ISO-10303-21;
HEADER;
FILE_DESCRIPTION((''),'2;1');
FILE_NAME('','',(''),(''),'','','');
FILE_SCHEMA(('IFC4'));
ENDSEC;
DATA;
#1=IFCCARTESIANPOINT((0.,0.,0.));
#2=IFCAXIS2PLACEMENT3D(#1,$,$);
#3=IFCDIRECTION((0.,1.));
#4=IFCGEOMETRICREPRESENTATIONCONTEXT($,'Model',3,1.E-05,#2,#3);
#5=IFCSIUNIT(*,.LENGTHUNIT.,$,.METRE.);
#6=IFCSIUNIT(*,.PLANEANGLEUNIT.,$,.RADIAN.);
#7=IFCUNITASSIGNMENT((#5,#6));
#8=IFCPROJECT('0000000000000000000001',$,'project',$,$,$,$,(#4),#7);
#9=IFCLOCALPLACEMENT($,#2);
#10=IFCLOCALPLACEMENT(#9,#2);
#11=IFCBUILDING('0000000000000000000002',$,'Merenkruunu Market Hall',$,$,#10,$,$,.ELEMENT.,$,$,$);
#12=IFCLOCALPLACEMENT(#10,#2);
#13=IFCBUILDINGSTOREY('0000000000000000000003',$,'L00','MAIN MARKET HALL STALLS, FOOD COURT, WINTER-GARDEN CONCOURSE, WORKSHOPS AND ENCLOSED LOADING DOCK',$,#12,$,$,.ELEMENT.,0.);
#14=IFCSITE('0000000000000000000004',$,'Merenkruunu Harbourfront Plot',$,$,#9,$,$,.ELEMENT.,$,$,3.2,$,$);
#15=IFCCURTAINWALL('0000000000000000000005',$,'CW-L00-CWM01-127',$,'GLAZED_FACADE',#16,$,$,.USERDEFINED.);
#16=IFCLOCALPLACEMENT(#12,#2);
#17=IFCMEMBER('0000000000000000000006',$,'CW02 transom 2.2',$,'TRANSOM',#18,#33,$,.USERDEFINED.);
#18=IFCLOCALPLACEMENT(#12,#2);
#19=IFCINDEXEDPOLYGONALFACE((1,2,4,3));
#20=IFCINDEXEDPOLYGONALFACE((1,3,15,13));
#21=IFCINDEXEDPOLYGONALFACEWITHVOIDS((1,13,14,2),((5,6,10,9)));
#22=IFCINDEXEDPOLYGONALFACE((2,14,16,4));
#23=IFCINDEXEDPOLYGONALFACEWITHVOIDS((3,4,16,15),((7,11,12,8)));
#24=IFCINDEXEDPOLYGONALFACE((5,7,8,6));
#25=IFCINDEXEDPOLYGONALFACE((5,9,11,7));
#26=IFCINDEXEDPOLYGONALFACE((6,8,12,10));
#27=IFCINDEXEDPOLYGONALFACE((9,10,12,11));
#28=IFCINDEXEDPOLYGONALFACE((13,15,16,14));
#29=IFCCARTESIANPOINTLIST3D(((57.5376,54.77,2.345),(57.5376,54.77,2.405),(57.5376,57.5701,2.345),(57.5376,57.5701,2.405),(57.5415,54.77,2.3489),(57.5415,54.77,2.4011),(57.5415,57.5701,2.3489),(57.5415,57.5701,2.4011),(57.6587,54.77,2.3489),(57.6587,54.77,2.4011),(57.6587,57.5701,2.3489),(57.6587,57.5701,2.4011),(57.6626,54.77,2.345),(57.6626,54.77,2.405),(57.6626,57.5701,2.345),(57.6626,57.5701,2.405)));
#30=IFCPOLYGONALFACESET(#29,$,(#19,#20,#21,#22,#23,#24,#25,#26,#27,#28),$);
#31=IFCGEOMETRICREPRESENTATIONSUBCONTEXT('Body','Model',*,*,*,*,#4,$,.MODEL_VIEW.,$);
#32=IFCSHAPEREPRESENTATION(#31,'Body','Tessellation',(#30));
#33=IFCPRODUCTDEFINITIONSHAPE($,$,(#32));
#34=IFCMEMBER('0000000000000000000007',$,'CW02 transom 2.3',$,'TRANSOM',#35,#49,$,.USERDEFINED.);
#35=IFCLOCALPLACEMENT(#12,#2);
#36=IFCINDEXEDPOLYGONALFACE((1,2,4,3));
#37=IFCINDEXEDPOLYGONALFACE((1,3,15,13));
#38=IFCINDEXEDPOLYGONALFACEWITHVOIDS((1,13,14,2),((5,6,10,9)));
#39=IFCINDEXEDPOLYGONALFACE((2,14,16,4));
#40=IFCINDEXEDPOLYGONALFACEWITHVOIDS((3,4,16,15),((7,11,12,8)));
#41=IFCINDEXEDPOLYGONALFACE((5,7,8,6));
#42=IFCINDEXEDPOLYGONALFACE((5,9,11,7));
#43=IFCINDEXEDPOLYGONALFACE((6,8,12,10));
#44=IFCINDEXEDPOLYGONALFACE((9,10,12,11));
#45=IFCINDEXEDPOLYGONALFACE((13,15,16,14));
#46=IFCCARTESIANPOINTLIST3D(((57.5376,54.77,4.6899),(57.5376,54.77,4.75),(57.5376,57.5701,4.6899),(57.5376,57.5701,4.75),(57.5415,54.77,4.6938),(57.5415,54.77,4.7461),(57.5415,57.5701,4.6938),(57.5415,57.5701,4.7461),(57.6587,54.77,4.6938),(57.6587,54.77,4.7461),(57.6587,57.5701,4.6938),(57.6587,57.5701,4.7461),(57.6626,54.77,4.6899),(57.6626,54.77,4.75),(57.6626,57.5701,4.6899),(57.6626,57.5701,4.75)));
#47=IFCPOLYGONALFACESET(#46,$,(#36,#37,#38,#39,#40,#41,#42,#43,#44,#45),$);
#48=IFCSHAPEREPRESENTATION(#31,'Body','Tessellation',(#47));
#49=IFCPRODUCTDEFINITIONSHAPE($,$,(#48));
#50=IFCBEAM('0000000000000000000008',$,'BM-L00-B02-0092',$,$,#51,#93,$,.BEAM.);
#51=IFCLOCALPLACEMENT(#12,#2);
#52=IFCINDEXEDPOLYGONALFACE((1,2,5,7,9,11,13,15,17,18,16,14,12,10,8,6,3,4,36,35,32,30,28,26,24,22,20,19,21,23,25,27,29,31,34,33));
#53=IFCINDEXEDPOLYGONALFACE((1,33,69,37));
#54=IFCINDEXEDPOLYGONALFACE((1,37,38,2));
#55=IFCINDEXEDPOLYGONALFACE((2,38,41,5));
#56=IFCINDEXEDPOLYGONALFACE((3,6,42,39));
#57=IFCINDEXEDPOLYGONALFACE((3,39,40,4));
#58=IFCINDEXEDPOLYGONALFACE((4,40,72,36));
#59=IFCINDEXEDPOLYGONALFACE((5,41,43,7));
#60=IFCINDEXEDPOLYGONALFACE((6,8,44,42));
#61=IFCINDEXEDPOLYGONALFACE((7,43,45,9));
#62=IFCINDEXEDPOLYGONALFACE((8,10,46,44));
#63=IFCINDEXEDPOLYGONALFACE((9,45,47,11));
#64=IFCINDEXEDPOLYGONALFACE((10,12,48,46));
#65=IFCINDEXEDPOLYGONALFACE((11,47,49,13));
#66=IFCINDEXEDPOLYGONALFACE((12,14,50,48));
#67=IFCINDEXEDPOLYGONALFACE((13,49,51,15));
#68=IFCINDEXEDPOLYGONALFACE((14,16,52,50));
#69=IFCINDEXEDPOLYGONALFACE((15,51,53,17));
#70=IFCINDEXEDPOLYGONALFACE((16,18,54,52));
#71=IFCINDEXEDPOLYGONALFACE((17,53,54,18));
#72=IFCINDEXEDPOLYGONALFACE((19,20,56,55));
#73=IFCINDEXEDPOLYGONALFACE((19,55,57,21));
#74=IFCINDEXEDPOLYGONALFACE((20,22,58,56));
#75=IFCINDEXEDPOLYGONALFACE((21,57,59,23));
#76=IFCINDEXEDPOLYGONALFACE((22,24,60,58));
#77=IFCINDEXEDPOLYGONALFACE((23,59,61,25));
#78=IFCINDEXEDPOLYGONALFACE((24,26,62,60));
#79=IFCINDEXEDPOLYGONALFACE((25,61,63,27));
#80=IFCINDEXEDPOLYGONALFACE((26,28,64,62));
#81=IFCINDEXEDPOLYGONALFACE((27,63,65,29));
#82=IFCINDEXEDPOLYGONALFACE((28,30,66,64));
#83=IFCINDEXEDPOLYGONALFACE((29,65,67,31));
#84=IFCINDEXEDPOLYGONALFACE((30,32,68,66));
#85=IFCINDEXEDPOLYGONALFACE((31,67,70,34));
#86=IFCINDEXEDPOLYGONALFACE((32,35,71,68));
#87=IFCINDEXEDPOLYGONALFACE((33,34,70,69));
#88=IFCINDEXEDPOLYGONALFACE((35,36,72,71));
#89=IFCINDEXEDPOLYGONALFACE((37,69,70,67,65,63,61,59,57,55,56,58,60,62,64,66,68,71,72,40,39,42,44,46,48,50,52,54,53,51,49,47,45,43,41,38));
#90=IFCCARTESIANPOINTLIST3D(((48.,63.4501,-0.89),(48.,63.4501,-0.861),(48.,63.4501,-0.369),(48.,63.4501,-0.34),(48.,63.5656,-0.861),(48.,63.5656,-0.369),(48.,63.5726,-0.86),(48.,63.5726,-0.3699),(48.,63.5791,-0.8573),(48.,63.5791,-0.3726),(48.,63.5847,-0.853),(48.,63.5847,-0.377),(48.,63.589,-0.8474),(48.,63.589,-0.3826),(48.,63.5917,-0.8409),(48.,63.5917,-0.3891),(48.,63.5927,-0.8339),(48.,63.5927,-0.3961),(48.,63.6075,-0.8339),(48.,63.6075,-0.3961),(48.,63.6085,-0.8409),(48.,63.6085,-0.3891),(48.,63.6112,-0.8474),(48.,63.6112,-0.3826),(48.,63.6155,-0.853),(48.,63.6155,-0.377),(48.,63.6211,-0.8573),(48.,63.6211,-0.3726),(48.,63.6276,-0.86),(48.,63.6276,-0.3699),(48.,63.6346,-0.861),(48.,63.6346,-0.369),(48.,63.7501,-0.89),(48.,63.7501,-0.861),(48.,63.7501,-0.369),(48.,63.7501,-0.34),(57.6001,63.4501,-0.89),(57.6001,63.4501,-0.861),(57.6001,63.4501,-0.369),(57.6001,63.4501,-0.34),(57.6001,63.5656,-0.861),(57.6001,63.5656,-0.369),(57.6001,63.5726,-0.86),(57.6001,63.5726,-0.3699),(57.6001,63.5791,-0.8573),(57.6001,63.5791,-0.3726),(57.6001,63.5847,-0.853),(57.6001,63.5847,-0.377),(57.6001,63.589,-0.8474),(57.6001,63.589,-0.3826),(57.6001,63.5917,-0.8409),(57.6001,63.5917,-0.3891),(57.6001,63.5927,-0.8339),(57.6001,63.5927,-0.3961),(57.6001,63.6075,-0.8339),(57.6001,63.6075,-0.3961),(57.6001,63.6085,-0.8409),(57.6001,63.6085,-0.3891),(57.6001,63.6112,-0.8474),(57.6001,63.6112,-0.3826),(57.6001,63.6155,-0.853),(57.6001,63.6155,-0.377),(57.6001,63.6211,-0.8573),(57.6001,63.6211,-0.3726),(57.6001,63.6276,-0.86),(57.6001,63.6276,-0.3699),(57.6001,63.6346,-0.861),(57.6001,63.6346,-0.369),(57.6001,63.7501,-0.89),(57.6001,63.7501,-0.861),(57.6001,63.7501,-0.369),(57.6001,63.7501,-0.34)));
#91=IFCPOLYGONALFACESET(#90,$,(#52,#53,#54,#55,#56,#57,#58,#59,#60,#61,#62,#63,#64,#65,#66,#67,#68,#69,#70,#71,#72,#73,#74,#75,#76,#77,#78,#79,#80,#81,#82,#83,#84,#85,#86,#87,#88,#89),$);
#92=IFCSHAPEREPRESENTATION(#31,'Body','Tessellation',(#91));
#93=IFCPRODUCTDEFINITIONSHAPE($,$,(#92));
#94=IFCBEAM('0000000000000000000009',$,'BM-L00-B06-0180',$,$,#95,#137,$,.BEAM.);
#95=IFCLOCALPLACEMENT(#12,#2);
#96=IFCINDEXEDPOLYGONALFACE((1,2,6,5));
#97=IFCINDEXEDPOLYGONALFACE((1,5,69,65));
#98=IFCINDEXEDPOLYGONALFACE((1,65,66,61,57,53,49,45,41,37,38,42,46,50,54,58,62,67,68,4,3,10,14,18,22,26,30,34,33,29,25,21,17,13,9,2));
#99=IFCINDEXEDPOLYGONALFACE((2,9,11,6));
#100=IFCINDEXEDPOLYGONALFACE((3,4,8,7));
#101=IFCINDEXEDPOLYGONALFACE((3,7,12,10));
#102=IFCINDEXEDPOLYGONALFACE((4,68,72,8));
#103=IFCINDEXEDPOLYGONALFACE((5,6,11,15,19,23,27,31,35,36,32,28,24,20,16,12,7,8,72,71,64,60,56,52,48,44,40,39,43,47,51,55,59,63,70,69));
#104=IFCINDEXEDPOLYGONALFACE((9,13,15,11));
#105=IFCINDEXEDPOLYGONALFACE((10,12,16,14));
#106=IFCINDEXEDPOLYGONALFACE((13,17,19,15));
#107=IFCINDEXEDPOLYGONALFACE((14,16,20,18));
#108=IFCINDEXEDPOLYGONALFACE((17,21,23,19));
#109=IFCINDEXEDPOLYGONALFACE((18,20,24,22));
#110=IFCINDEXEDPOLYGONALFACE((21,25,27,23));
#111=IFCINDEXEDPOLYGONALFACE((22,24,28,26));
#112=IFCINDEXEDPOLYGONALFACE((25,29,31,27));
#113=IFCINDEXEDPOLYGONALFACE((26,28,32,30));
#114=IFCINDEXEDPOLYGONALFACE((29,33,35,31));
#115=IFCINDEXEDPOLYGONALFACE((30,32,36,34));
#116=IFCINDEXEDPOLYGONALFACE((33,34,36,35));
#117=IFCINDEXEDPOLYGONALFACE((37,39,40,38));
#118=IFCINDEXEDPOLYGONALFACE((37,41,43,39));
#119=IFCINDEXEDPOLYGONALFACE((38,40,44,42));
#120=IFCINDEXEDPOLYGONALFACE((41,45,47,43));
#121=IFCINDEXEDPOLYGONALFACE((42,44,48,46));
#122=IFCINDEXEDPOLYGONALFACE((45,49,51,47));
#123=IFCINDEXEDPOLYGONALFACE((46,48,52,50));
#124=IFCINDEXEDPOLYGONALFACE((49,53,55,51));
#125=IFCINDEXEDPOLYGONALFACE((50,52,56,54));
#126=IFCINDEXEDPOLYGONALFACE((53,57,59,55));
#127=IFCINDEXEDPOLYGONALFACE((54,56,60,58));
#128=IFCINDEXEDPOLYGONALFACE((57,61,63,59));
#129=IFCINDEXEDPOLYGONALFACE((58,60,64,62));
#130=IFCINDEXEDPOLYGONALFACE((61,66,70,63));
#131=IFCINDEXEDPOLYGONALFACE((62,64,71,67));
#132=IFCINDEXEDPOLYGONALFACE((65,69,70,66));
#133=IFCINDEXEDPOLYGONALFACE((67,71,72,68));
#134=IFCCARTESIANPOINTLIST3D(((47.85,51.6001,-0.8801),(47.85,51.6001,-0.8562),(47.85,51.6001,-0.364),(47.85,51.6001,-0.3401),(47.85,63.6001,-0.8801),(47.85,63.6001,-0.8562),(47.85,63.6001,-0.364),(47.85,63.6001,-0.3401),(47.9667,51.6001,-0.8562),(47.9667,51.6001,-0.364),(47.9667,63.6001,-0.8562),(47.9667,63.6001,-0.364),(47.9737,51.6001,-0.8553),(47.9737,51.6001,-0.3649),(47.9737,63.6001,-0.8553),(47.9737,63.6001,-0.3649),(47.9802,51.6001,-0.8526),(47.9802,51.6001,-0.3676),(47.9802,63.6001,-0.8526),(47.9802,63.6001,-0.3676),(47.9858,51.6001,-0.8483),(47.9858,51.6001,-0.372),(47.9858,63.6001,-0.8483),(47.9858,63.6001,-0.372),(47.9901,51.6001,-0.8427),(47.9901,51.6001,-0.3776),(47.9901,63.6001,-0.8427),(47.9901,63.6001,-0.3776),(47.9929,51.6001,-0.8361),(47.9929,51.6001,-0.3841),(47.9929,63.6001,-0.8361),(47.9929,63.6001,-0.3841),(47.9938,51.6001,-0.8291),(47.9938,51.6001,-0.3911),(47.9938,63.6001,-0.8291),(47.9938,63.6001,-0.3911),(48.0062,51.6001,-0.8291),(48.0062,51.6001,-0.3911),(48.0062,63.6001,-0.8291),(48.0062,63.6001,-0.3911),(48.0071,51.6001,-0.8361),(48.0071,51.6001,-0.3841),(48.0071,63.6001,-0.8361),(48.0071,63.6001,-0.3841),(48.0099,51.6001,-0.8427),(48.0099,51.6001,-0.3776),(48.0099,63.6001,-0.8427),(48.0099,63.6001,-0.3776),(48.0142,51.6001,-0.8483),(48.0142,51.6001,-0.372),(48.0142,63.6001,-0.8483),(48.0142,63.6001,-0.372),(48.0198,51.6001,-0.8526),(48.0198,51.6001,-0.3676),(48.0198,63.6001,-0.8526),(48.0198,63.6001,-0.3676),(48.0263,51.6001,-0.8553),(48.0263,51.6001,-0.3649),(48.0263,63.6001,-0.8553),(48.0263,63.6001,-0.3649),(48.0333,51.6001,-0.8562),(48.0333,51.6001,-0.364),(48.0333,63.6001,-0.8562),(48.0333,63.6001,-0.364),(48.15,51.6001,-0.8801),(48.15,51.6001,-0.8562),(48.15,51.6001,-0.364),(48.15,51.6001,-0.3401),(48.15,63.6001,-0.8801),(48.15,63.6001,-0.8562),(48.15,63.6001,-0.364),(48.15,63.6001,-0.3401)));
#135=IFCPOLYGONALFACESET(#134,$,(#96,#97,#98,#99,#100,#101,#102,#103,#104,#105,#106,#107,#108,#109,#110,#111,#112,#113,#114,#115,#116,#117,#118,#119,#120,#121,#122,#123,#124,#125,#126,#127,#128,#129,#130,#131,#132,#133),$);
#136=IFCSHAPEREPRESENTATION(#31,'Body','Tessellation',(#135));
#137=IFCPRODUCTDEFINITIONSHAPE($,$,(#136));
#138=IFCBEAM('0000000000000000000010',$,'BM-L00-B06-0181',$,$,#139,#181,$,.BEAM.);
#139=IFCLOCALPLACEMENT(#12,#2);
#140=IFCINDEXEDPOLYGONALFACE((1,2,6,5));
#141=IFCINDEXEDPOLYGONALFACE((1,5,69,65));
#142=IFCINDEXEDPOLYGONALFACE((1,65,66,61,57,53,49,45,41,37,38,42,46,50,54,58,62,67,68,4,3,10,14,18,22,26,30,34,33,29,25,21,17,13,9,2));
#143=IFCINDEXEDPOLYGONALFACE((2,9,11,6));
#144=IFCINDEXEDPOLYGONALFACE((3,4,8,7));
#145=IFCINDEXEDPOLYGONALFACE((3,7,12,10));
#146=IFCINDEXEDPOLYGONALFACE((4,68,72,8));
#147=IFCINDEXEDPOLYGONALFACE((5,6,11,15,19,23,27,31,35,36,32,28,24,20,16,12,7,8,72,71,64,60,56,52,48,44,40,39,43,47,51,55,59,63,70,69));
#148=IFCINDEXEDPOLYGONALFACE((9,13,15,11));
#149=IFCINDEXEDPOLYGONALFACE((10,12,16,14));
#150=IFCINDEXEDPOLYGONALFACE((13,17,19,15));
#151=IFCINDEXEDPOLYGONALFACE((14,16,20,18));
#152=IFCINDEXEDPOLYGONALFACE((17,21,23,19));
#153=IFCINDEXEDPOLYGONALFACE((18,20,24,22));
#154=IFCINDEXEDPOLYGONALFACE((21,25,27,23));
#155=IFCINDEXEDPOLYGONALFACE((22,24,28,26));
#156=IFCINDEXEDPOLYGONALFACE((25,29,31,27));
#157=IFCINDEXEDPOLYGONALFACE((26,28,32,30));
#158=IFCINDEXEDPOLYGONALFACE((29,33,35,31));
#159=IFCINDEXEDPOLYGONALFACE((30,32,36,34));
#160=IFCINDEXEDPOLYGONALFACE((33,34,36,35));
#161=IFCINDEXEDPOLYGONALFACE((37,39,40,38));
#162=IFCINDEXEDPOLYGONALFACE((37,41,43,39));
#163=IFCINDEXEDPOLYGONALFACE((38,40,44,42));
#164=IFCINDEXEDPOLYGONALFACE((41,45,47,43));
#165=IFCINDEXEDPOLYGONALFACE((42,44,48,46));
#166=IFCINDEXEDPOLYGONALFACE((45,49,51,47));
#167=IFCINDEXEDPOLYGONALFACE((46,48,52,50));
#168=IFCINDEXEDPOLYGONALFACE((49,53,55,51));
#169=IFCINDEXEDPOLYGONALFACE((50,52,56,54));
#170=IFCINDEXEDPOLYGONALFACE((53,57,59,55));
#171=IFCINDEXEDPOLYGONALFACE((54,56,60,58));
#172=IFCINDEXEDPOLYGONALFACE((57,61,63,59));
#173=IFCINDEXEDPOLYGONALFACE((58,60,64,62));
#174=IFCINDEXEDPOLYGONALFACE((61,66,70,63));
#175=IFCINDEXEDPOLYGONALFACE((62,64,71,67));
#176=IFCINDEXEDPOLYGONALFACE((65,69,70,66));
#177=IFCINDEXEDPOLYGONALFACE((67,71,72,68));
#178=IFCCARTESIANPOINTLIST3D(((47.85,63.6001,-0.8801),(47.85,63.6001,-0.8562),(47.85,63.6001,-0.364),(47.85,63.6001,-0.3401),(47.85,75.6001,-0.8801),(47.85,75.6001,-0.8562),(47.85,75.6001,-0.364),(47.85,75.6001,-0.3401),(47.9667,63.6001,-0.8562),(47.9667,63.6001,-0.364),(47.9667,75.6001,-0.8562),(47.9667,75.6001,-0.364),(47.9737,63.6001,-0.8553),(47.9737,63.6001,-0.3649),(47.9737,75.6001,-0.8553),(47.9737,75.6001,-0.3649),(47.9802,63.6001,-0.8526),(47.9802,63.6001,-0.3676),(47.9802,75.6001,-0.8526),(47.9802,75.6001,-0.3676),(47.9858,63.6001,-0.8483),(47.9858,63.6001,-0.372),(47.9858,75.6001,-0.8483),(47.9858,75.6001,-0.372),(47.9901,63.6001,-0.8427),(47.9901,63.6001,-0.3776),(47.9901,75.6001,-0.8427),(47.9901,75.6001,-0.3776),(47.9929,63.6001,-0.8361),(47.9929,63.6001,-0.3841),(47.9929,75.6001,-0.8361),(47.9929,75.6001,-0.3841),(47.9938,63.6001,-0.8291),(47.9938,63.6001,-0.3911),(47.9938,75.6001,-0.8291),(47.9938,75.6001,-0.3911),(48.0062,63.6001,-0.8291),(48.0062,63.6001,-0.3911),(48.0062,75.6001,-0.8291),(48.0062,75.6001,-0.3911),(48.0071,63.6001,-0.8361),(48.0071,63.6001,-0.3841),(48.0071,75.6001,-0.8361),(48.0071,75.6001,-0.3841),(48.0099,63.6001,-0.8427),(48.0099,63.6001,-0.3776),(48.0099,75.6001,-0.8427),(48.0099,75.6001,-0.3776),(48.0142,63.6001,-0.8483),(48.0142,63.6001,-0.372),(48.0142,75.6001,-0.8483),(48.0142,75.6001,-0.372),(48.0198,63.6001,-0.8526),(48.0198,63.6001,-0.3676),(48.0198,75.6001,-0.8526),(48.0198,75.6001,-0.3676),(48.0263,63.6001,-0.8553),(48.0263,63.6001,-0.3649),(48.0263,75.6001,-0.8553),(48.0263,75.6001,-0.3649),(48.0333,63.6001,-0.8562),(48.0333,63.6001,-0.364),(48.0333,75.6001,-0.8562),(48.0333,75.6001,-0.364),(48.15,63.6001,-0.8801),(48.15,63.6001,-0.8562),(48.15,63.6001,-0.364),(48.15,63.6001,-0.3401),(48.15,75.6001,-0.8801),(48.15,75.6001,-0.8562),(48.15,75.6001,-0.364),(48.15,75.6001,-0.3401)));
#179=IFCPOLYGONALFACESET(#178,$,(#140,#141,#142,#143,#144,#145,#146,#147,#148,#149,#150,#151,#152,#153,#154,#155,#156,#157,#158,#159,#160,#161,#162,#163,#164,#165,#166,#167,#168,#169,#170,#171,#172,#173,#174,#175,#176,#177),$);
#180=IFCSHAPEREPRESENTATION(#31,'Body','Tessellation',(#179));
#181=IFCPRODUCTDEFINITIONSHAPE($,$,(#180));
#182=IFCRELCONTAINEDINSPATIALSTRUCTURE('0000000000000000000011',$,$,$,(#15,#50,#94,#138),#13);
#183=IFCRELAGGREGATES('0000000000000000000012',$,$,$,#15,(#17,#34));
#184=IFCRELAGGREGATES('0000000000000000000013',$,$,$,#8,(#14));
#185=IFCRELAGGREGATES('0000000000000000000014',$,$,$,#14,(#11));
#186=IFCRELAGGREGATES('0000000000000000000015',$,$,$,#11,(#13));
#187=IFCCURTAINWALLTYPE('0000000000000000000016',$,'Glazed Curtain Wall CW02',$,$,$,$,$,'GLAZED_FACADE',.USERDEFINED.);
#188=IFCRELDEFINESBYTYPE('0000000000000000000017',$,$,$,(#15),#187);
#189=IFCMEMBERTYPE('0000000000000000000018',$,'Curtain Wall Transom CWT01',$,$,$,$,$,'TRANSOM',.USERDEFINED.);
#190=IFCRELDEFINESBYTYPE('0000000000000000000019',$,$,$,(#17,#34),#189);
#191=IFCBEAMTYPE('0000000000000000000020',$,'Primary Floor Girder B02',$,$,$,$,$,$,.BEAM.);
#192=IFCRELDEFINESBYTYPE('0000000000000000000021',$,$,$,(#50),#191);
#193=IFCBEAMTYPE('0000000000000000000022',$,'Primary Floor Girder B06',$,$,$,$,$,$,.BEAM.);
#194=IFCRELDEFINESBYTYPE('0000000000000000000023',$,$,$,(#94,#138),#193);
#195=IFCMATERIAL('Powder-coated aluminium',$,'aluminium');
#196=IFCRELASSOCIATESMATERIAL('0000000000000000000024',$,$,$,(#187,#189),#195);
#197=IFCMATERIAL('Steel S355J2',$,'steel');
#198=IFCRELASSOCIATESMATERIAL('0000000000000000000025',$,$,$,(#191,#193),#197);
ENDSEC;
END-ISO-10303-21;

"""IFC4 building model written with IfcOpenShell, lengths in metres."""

from ifc_helpers import new_model, si_unit, direction, frame, origin, origin_2d, place, context, subcontext, project, spatial, hollow_rectangle, i_section, extrude, material, material_profile, profile_set, type_object, element, aggregate, save


model = new_model("IFC4")

# Units and contexts
model_context = context("Model", 3, precision=1e-05, world=origin(), true_north=direction((0.0, 1.0)))
body_context = subcontext(model_context, "Body", "Model", "MODEL_VIEW")
ifc_project = project(units=[si_unit("LENGTHUNIT", "METRE"), si_unit("PLANEANGLEUNIT", "RADIAN")], contexts=[model_context])

# Site, building, storey
site_placement = place(None, origin())
site = spatial("IfcSite", under=ifc_project, at=site_placement, Name="Merenkruunu Harbourfront Plot", CompositionType="ELEMENT", RefElevation=3.2)
building_placement = place(site_placement, origin())
building = spatial("IfcBuilding", under=site, at=building_placement, Name="Merenkruunu Market Hall", CompositionType="ELEMENT")
storey_placement = place(building_placement, origin())
storey = spatial("IfcBuildingStorey", under=building, at=storey_placement, Name="L00", Description="MAIN MARKET HALL STALLS, FOOD COURT, WINTER-GARDEN CONCOURSE, WORKSHOPS AND ENCLOSED LOADING DOCK", CompositionType="ELEMENT", Elevation=0.0)

# Shared definitions
ifc_material_1 = material(Name="Steel S355J2", Category="steel")

# Curtain wall, members
ifc_material_2 = material(Name="Powder-coated aluminium", Category="aluminium")
curtain_wall_type = type_object("IfcCurtainWallType", Name="Glazed Curtain Wall CW02", ElementType="GLAZED_FACADE", PredefinedType="USERDEFINED", material=ifc_material_2)
curtain_wall_placement = place(storey_placement, origin())
curtain_wall = element("IfcCurtainWall", 1, at=curtain_wall_placement, inside=storey, type_object=curtain_wall_type, Name="CW-L00-CWM01-127", ObjectType="GLAZED_FACADE", PredefinedType="USERDEFINED")
ifc_material_profile_1 = material_profile(ifc_material_2, hollow_rectangle(XDim=0.0601, YDim=0.125, WallThickness=0.0039, at=origin_2d()), Name="ALU 60x125x4")
ifc_profile_set_1 = profile_set([ifc_material_profile_1], Name="Powder-coated aluminium")
member_type_1 = type_object("IfcMemberType", Name="Curtain Wall Transom CWT01", ElementType="TRANSOM", PredefinedType="USERDEFINED", material=ifc_profile_set_1)
member_1_placement = place(storey_placement, frame((57.6001, 54.77, 2.375), z_axis=(0.0, 1.0, 0.0), x_axis=(0.0, 0.0, 1.0)))
member_1 = element("IfcMember", 2, at=member_1_placement, type_object=member_type_1, Name="CW02 transom 2.2", ObjectType="TRANSOM", PredefinedType="USERDEFINED", context=body_context, shape_type="SweptSolid", body=[
    extrude(hollow_rectangle(XDim=0.0601, YDim=0.125, WallThickness=0.0039, at=origin_2d()), origin(), (0.0, 0.0, 1.0), 2.8),
])
member_2_placement = place(storey_placement, frame((57.6001, 54.77, 4.72), z_axis=(0.0, 1.0, 0.0), x_axis=(0.0, 0.0, 1.0)))
member_2 = element("IfcMember", 3, at=member_2_placement, type_object=member_type_1, Name="CW02 transom 2.3", ObjectType="TRANSOM", PredefinedType="USERDEFINED", context=body_context, shape_type="SweptSolid", body=[
    extrude(hollow_rectangle(XDim=0.0601, YDim=0.125, WallThickness=0.0039, at=origin_2d()), origin(), (0.0, 0.0, 1.0), 2.8),
])

# Beams
ifc_material_profile_2 = material_profile(ifc_material_1, i_section(OverallWidth=0.3, OverallDepth=0.55, WebThickness=0.0149, FlangeThickness=0.0291, FilletRadius=0.0271, at=origin_2d()), Name="HEB 550")
ifc_profile_set_2 = profile_set([ifc_material_profile_2], Name="Steel S355J2")
beam_type_1 = type_object("IfcBeamType", Name="Primary Floor Girder B02", PredefinedType="BEAM", material=ifc_profile_set_2)
beam_1_placement = place(storey_placement, frame((48.0, 63.6001, -0.615), z_axis=(1.0, 0.0, 0.0), x_axis=(0.0, 1.0, 0.0)))
element("IfcBeam", 4, at=beam_1_placement, inside=storey, type_object=beam_type_1, Name="BM-L00-B02-0092", PredefinedType="BEAM", context=body_context, shape_type="SweptSolid", body=[
    extrude(i_section(OverallWidth=0.3, OverallDepth=0.55, WebThickness=0.0149, FlangeThickness=0.0291, FilletRadius=0.0271, at=origin_2d()), origin(), (0.0, 0.0, 1.0), 9.6001),
])
ifc_material_profile_3 = material_profile(ifc_material_1, i_section(OverallWidth=0.3, OverallDepth=0.54, WebThickness=0.0125, FlangeThickness=0.0239, FilletRadius=0.0271, at=origin_2d()), Name="HEA 550")
ifc_profile_set_3 = profile_set([ifc_material_profile_3], Name="Steel S355J2")
beam_type_2 = type_object("IfcBeamType", Name="Primary Floor Girder B06", PredefinedType="BEAM", material=ifc_profile_set_3)
for number, where, z_axis, x_axis, name in (
    (5, (48.0, 51.6001, -0.6101), (0.0, 1.0, 0.0), (-1.0, 0.0, 0.0), "BM-L00-B06-0180"),
    (6, (48.0, 63.6001, -0.6101), (0.0, 1.0, 0.0), (-1.0, 0.0, 0.0), "BM-L00-B06-0181"),
):
    element("IfcBeam", number, at=place(storey_placement, frame(where, z_axis=z_axis, x_axis=x_axis)), inside=storey, type_object=beam_type_2, Name=name, PredefinedType="BEAM", context=body_context, shape_type="SweptSolid", body=[
        extrude(i_section(OverallWidth=0.3, OverallDepth=0.54, WebThickness=0.0125, FlangeThickness=0.0239, FilletRadius=0.0271, at=origin_2d()), origin(), (0.0, 0.0, 1.0), 12.0),
    ])

aggregate(curtain_wall, [member_1, member_2])

save(model, "model.ifc")
